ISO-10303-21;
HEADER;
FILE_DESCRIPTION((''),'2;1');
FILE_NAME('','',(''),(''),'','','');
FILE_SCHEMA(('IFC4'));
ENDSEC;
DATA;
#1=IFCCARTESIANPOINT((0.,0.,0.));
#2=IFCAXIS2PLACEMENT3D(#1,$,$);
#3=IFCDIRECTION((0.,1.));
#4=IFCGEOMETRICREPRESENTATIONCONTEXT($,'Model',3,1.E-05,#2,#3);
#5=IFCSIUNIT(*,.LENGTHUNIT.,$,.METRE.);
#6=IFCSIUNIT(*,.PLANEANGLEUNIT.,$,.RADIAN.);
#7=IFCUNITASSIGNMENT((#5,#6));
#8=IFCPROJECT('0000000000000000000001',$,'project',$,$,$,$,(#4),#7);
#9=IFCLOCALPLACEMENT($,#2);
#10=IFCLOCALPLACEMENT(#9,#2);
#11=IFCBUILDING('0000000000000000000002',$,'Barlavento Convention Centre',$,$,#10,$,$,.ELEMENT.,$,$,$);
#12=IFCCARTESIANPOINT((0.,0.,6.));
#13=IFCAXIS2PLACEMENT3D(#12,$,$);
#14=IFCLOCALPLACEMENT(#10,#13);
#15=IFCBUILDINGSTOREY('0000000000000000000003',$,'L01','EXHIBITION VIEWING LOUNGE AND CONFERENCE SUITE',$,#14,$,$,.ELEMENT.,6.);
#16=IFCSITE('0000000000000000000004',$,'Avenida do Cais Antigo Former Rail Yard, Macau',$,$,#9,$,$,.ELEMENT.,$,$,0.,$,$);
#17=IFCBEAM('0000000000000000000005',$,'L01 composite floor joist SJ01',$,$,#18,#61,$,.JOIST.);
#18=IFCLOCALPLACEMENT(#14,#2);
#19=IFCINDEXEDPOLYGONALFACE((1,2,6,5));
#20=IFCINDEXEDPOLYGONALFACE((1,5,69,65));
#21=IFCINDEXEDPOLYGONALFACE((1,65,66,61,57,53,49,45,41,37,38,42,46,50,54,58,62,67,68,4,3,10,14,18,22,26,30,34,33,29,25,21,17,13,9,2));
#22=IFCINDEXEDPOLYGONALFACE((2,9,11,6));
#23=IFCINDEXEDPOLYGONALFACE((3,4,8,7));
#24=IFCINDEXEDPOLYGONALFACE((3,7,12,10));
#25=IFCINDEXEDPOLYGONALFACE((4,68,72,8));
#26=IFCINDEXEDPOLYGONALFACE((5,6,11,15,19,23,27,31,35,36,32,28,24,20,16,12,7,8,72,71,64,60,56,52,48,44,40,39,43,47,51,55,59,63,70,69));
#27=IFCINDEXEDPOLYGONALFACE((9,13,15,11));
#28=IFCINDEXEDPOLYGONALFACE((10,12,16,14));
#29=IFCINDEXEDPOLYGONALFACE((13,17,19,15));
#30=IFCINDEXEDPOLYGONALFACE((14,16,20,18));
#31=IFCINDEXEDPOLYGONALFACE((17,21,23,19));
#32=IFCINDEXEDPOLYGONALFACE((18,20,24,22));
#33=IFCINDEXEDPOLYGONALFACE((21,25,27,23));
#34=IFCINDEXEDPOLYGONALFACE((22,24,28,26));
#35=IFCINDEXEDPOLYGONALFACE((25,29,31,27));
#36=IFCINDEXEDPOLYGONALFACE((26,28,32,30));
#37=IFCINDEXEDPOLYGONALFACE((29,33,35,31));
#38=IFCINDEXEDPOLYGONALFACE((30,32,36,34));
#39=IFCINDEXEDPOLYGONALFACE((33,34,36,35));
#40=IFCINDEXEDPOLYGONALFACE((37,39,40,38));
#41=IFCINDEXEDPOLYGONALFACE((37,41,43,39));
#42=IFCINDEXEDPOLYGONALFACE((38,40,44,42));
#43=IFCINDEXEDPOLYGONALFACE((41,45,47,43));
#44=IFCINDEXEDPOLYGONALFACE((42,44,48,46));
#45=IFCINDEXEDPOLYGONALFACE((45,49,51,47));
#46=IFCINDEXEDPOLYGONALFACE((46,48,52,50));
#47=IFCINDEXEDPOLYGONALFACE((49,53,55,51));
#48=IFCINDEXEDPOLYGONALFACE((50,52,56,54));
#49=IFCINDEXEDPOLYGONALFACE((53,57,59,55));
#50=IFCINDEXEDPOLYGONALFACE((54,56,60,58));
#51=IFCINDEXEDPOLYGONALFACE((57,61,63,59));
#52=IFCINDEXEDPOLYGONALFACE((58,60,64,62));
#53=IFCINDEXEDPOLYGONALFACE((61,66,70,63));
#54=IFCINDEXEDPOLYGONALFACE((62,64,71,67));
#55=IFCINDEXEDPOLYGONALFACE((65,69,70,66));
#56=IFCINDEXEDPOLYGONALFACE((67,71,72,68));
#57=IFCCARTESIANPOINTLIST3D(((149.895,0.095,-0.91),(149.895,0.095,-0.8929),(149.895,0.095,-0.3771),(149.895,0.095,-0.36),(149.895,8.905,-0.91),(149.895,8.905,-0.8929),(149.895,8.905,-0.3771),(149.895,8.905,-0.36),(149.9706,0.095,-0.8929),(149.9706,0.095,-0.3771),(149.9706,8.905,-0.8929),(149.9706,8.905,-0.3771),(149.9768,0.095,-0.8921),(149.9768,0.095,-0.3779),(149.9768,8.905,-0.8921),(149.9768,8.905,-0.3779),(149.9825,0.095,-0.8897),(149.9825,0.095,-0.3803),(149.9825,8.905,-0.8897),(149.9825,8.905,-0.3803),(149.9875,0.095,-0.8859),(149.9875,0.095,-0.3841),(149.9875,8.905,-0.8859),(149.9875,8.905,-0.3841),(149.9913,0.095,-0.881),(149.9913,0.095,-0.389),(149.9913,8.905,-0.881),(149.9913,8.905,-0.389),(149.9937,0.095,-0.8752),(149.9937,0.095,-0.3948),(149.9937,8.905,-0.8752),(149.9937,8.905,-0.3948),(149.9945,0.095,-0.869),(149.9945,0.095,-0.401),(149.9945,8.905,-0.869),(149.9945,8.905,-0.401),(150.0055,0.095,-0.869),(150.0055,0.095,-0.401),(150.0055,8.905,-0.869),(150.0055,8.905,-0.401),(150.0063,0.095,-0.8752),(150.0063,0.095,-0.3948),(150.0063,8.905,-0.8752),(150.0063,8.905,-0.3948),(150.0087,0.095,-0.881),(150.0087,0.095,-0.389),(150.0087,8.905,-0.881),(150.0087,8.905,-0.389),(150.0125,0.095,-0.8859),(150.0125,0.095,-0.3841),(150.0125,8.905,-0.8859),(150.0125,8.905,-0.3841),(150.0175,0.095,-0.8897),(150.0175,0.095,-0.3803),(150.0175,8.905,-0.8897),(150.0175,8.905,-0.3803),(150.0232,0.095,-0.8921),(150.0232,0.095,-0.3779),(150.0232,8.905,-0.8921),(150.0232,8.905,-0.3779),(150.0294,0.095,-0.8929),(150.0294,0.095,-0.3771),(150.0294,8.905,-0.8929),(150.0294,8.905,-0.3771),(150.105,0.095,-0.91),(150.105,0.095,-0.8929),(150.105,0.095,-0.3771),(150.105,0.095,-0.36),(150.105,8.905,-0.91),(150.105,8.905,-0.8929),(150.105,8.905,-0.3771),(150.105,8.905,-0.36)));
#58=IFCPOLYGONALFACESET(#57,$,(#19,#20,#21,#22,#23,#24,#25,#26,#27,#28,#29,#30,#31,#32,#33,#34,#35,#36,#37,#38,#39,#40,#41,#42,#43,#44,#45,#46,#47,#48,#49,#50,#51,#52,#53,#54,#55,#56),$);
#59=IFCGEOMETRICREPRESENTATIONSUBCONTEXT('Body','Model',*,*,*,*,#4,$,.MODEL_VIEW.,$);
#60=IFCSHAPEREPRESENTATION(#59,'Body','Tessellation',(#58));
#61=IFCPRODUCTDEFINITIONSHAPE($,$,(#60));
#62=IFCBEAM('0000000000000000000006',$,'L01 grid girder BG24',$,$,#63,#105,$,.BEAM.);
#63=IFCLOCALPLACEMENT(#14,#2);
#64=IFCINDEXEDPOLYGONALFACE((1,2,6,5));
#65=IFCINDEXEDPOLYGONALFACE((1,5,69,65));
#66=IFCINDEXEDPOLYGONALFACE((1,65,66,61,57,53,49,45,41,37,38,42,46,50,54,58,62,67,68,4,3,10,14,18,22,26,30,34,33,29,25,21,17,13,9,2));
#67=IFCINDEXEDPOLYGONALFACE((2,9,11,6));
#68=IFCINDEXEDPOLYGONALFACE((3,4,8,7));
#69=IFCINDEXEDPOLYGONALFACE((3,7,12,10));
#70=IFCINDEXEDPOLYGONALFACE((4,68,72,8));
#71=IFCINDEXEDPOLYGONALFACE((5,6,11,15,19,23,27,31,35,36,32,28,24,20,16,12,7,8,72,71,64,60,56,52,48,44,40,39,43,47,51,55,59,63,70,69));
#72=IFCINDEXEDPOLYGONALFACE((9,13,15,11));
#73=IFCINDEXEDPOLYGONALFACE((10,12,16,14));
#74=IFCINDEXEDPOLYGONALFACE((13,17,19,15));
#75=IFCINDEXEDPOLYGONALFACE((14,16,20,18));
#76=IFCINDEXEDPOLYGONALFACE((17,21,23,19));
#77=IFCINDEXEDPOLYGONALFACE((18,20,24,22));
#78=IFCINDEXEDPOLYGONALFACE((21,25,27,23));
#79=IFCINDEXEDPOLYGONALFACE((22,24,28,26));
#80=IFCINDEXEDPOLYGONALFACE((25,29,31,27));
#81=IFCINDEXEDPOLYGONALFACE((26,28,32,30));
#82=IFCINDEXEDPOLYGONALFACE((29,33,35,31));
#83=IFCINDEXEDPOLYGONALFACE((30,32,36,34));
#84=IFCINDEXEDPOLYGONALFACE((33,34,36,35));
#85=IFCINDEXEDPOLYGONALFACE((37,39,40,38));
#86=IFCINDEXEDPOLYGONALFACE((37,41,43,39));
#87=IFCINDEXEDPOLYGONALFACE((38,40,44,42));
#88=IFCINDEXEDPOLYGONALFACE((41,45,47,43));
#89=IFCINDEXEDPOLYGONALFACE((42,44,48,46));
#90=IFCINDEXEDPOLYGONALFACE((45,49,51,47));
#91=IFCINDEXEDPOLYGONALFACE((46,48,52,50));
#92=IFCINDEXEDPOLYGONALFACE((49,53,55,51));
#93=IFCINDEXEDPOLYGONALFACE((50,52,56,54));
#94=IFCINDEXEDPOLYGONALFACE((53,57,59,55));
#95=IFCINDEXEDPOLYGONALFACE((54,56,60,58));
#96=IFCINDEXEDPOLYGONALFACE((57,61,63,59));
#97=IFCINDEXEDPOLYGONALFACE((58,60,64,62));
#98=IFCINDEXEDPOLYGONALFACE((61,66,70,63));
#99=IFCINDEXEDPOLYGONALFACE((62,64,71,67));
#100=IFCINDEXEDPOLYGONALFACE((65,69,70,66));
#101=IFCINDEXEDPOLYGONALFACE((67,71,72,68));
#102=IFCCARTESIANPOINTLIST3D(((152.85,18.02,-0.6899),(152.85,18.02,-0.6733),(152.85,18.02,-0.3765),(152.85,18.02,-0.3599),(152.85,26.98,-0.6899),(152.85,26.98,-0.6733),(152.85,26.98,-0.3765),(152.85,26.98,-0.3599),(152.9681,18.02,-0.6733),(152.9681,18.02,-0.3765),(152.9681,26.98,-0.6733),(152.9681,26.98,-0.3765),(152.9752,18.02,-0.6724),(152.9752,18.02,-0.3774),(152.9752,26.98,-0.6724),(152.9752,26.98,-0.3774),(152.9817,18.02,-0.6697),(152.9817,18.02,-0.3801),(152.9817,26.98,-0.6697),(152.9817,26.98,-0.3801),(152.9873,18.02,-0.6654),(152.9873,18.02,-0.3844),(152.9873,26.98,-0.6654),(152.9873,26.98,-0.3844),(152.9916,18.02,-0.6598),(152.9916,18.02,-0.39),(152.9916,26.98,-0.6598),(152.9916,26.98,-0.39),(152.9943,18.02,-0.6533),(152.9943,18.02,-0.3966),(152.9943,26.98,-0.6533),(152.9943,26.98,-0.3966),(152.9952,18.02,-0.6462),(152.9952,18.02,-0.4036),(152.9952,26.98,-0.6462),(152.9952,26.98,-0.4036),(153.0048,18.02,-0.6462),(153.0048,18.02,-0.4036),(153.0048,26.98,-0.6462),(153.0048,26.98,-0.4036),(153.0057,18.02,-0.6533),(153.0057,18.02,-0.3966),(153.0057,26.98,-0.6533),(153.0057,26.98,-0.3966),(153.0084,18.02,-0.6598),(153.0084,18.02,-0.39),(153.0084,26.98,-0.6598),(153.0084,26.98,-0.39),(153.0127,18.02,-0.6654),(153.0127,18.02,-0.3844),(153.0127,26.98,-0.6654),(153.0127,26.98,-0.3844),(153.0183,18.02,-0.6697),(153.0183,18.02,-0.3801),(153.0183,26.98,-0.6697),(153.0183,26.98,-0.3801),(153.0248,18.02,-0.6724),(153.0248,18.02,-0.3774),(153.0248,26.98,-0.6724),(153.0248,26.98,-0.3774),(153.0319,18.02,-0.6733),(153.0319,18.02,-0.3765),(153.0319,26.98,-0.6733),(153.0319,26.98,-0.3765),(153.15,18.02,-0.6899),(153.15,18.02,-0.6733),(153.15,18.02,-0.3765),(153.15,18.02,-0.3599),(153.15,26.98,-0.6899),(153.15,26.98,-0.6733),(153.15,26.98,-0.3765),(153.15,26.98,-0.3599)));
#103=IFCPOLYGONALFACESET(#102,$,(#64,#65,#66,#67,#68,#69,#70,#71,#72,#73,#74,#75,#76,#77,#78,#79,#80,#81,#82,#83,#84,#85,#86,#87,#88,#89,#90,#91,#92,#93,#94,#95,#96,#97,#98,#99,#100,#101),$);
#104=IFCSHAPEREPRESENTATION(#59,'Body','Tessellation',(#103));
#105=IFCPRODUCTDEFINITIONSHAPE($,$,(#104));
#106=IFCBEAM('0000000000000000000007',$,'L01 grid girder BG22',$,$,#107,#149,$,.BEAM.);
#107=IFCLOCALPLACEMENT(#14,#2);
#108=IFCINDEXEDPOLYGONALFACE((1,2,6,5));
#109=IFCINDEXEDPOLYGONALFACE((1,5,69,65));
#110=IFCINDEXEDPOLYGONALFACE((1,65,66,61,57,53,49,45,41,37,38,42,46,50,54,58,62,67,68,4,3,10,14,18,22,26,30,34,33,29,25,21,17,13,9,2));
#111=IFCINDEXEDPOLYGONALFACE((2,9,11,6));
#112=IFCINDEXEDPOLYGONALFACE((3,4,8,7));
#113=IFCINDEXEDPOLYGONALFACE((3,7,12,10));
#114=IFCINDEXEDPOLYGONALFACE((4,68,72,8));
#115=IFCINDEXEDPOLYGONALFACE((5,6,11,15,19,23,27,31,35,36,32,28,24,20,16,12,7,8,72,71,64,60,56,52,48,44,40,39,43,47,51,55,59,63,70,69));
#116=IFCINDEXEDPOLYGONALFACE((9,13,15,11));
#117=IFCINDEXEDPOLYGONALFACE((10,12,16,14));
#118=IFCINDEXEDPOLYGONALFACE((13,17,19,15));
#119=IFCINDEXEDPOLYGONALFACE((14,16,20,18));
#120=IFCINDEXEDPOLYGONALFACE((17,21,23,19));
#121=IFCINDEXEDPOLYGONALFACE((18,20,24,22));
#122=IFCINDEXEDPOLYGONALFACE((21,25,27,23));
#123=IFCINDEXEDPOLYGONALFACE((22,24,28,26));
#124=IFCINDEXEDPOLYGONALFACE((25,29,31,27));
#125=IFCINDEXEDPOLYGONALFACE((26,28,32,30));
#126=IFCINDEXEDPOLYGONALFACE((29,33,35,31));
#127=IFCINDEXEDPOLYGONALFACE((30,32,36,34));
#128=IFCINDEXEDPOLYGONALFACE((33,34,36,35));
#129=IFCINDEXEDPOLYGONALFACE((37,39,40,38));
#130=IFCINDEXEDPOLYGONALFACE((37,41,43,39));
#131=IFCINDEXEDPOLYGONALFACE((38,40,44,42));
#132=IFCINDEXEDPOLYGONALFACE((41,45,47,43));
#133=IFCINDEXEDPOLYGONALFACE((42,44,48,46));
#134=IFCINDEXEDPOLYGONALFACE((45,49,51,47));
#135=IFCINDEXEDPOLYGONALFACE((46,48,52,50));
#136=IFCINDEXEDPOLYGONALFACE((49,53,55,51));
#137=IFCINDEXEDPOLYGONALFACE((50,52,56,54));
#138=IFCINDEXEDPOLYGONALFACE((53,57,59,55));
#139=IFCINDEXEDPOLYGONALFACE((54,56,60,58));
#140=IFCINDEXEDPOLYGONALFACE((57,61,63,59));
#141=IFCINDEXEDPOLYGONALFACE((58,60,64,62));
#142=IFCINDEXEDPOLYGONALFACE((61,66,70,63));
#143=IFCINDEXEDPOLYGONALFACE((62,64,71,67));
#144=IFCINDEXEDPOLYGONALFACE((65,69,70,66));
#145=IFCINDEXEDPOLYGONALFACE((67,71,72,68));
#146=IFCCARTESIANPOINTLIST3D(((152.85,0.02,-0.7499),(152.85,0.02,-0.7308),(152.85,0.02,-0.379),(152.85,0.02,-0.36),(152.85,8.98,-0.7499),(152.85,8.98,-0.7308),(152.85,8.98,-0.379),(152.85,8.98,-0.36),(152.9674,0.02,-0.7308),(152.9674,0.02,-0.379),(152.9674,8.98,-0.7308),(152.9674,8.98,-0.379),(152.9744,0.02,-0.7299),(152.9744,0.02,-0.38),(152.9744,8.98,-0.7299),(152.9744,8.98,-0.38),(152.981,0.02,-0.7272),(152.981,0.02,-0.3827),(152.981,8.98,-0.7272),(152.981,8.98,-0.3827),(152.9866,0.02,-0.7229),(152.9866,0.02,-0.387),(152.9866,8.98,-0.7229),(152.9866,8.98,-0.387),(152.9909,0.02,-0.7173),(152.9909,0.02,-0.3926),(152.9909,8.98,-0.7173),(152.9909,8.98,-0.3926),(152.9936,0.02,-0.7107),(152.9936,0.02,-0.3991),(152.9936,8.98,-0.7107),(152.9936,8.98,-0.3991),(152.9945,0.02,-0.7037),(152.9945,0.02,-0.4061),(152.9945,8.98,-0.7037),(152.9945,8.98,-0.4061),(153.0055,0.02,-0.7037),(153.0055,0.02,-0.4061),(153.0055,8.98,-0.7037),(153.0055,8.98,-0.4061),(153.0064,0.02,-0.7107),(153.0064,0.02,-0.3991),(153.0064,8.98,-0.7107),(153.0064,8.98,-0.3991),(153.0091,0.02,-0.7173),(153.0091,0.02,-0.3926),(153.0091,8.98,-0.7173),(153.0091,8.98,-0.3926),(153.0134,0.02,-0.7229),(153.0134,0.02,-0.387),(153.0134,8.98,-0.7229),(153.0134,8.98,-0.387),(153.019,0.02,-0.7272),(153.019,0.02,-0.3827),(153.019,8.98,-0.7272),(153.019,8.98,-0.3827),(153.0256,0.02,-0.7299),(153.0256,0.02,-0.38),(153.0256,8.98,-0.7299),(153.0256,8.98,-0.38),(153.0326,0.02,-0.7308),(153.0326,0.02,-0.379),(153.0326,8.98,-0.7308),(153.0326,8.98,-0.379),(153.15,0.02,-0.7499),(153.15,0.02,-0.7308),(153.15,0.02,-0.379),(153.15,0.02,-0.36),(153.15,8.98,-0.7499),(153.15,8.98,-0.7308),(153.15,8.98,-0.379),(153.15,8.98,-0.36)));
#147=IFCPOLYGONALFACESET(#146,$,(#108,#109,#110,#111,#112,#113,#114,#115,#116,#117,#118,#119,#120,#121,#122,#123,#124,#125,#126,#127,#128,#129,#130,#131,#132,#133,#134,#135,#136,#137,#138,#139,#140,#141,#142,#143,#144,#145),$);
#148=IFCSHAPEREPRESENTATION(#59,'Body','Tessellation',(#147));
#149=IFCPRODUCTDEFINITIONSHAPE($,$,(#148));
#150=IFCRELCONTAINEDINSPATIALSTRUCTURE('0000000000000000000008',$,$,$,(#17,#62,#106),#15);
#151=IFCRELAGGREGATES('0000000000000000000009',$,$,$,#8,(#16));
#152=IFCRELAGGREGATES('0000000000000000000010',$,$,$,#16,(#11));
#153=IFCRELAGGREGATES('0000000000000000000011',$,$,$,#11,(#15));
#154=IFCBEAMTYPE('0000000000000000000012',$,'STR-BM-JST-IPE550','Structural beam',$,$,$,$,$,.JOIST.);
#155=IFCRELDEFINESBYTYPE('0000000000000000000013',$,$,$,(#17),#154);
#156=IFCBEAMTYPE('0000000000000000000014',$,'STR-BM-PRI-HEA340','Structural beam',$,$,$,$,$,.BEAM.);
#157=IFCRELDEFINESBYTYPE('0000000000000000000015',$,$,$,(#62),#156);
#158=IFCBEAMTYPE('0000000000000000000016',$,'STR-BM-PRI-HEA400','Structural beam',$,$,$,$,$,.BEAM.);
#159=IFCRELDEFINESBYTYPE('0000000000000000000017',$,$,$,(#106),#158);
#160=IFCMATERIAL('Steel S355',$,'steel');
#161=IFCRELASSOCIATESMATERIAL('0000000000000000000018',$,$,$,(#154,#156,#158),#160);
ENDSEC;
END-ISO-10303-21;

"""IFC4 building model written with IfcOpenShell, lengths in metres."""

from ifc_helpers import new_model, si_unit, direction, frame, origin, origin_2d, place, context, subcontext, project, spatial, i_section, extrude, material, material_profile, profile_set, type_object, element, save


model = new_model("IFC4")

# Units and contexts
model_context = context("Model", 3, precision=1e-05, world=origin(), true_north=direction((0.0, 1.0)))
body_context = subcontext(model_context, "Body", "Model", "MODEL_VIEW")
ifc_project = project(units=[si_unit("LENGTHUNIT", "METRE"), si_unit("PLANEANGLEUNIT", "RADIAN")], contexts=[model_context])

# Site, building, storey
site_placement = place(None, origin())
site = spatial("IfcSite", under=ifc_project, at=site_placement, Name="Avenida do Cais Antigo Former Rail Yard, Macau", CompositionType="ELEMENT", RefElevation=0.0)
building_placement = place(site_placement, origin())
building = spatial("IfcBuilding", under=site, at=building_placement, Name="Barlavento Convention Centre", CompositionType="ELEMENT")
storey_placement = place(building_placement, frame((0.0, 0.0, 6.0)))
storey = spatial("IfcBuildingStorey", under=building, at=storey_placement, Name="L01", Description="EXHIBITION VIEWING LOUNGE AND CONFERENCE SUITE", CompositionType="ELEMENT", Elevation=6.0)

# Shared definitions
ifc_material_1 = material(Name="Steel S355", Category="steel")

# Beams
ifc_material_profile_1 = material_profile(ifc_material_1, i_section(OverallWidth=0.21, OverallDepth=0.55, WebThickness=0.011, FlangeThickness=0.0171, FilletRadius=0.0239, at=origin_2d()), Name="IPE 550")
ifc_profile_set_1 = profile_set([ifc_material_profile_1], Name="Steel S355")
beam_type_1 = type_object("IfcBeamType", Name="STR-BM-JST-IPE550", Description="Structural beam", PredefinedType="JOIST", material=ifc_profile_set_1)
beam_1_placement = place(storey_placement, frame((150.0, 0.095, -0.635), z_axis=(0.0, 1.0, 0.0), x_axis=(-1.0, 0.0, 0.0)))
element("IfcBeam", 1, at=beam_1_placement, inside=storey, type_object=beam_type_1, Name="L01 composite floor joist SJ01", PredefinedType="JOIST", context=body_context, shape_type="SweptSolid", body=[
    extrude(i_section(OverallWidth=0.21, OverallDepth=0.55, WebThickness=0.011, FlangeThickness=0.0171, FilletRadius=0.0239, at=origin_2d()), origin(), (0.0, 0.0, 1.0), 8.8101),
])
ifc_material_profile_2 = material_profile(ifc_material_1, i_section(OverallWidth=0.3, OverallDepth=0.3301, WebThickness=0.0095, FlangeThickness=0.0166, FilletRadius=0.0271, at=origin_2d()), Name="HEA 340")
ifc_profile_set_2 = profile_set([ifc_material_profile_2], Name="Steel S355")
beam_type_2 = type_object("IfcBeamType", Name="STR-BM-PRI-HEA340", Description="Structural beam", PredefinedType="BEAM", material=ifc_profile_set_2)
beam_2_placement = place(storey_placement, frame((153.0, 18.02, -0.5249), z_axis=(0.0, 1.0, 0.0), x_axis=(-1.0, 0.0, 0.0)))
element("IfcBeam", 2, at=beam_2_placement, inside=storey, type_object=beam_type_2, Name="L01 grid girder BG24", PredefinedType="BEAM", context=body_context, shape_type="SweptSolid", body=[
    extrude(i_section(OverallWidth=0.3, OverallDepth=0.3301, WebThickness=0.0095, FlangeThickness=0.0166, FilletRadius=0.0271, at=origin_2d()), origin(), (0.0, 0.0, 1.0), 8.96),
])
ifc_material_profile_3 = material_profile(ifc_material_1, i_section(OverallWidth=0.3, OverallDepth=0.3899, WebThickness=0.011, FlangeThickness=0.019, FilletRadius=0.0271, at=origin_2d()), Name="HEA 400")
ifc_profile_set_3 = profile_set([ifc_material_profile_3], Name="Steel S355")
beam_type_3 = type_object("IfcBeamType", Name="STR-BM-PRI-HEA400", Description="Structural beam", PredefinedType="BEAM", material=ifc_profile_set_3)
beam_3_placement = place(storey_placement, frame((153.0, 0.02, -0.5549), z_axis=(0.0, 1.0, 0.0), x_axis=(-1.0, 0.0, 0.0)))
element("IfcBeam", 3, at=beam_3_placement, inside=storey, type_object=beam_type_3, Name="L01 grid girder BG22", PredefinedType="BEAM", context=body_context, shape_type="SweptSolid", body=[
    extrude(i_section(OverallWidth=0.3, OverallDepth=0.3899, WebThickness=0.011, FlangeThickness=0.019, FilletRadius=0.0271, at=origin_2d()), origin(), (0.0, 0.0, 1.0), 8.96),
])

save(model, "model.ifc")
